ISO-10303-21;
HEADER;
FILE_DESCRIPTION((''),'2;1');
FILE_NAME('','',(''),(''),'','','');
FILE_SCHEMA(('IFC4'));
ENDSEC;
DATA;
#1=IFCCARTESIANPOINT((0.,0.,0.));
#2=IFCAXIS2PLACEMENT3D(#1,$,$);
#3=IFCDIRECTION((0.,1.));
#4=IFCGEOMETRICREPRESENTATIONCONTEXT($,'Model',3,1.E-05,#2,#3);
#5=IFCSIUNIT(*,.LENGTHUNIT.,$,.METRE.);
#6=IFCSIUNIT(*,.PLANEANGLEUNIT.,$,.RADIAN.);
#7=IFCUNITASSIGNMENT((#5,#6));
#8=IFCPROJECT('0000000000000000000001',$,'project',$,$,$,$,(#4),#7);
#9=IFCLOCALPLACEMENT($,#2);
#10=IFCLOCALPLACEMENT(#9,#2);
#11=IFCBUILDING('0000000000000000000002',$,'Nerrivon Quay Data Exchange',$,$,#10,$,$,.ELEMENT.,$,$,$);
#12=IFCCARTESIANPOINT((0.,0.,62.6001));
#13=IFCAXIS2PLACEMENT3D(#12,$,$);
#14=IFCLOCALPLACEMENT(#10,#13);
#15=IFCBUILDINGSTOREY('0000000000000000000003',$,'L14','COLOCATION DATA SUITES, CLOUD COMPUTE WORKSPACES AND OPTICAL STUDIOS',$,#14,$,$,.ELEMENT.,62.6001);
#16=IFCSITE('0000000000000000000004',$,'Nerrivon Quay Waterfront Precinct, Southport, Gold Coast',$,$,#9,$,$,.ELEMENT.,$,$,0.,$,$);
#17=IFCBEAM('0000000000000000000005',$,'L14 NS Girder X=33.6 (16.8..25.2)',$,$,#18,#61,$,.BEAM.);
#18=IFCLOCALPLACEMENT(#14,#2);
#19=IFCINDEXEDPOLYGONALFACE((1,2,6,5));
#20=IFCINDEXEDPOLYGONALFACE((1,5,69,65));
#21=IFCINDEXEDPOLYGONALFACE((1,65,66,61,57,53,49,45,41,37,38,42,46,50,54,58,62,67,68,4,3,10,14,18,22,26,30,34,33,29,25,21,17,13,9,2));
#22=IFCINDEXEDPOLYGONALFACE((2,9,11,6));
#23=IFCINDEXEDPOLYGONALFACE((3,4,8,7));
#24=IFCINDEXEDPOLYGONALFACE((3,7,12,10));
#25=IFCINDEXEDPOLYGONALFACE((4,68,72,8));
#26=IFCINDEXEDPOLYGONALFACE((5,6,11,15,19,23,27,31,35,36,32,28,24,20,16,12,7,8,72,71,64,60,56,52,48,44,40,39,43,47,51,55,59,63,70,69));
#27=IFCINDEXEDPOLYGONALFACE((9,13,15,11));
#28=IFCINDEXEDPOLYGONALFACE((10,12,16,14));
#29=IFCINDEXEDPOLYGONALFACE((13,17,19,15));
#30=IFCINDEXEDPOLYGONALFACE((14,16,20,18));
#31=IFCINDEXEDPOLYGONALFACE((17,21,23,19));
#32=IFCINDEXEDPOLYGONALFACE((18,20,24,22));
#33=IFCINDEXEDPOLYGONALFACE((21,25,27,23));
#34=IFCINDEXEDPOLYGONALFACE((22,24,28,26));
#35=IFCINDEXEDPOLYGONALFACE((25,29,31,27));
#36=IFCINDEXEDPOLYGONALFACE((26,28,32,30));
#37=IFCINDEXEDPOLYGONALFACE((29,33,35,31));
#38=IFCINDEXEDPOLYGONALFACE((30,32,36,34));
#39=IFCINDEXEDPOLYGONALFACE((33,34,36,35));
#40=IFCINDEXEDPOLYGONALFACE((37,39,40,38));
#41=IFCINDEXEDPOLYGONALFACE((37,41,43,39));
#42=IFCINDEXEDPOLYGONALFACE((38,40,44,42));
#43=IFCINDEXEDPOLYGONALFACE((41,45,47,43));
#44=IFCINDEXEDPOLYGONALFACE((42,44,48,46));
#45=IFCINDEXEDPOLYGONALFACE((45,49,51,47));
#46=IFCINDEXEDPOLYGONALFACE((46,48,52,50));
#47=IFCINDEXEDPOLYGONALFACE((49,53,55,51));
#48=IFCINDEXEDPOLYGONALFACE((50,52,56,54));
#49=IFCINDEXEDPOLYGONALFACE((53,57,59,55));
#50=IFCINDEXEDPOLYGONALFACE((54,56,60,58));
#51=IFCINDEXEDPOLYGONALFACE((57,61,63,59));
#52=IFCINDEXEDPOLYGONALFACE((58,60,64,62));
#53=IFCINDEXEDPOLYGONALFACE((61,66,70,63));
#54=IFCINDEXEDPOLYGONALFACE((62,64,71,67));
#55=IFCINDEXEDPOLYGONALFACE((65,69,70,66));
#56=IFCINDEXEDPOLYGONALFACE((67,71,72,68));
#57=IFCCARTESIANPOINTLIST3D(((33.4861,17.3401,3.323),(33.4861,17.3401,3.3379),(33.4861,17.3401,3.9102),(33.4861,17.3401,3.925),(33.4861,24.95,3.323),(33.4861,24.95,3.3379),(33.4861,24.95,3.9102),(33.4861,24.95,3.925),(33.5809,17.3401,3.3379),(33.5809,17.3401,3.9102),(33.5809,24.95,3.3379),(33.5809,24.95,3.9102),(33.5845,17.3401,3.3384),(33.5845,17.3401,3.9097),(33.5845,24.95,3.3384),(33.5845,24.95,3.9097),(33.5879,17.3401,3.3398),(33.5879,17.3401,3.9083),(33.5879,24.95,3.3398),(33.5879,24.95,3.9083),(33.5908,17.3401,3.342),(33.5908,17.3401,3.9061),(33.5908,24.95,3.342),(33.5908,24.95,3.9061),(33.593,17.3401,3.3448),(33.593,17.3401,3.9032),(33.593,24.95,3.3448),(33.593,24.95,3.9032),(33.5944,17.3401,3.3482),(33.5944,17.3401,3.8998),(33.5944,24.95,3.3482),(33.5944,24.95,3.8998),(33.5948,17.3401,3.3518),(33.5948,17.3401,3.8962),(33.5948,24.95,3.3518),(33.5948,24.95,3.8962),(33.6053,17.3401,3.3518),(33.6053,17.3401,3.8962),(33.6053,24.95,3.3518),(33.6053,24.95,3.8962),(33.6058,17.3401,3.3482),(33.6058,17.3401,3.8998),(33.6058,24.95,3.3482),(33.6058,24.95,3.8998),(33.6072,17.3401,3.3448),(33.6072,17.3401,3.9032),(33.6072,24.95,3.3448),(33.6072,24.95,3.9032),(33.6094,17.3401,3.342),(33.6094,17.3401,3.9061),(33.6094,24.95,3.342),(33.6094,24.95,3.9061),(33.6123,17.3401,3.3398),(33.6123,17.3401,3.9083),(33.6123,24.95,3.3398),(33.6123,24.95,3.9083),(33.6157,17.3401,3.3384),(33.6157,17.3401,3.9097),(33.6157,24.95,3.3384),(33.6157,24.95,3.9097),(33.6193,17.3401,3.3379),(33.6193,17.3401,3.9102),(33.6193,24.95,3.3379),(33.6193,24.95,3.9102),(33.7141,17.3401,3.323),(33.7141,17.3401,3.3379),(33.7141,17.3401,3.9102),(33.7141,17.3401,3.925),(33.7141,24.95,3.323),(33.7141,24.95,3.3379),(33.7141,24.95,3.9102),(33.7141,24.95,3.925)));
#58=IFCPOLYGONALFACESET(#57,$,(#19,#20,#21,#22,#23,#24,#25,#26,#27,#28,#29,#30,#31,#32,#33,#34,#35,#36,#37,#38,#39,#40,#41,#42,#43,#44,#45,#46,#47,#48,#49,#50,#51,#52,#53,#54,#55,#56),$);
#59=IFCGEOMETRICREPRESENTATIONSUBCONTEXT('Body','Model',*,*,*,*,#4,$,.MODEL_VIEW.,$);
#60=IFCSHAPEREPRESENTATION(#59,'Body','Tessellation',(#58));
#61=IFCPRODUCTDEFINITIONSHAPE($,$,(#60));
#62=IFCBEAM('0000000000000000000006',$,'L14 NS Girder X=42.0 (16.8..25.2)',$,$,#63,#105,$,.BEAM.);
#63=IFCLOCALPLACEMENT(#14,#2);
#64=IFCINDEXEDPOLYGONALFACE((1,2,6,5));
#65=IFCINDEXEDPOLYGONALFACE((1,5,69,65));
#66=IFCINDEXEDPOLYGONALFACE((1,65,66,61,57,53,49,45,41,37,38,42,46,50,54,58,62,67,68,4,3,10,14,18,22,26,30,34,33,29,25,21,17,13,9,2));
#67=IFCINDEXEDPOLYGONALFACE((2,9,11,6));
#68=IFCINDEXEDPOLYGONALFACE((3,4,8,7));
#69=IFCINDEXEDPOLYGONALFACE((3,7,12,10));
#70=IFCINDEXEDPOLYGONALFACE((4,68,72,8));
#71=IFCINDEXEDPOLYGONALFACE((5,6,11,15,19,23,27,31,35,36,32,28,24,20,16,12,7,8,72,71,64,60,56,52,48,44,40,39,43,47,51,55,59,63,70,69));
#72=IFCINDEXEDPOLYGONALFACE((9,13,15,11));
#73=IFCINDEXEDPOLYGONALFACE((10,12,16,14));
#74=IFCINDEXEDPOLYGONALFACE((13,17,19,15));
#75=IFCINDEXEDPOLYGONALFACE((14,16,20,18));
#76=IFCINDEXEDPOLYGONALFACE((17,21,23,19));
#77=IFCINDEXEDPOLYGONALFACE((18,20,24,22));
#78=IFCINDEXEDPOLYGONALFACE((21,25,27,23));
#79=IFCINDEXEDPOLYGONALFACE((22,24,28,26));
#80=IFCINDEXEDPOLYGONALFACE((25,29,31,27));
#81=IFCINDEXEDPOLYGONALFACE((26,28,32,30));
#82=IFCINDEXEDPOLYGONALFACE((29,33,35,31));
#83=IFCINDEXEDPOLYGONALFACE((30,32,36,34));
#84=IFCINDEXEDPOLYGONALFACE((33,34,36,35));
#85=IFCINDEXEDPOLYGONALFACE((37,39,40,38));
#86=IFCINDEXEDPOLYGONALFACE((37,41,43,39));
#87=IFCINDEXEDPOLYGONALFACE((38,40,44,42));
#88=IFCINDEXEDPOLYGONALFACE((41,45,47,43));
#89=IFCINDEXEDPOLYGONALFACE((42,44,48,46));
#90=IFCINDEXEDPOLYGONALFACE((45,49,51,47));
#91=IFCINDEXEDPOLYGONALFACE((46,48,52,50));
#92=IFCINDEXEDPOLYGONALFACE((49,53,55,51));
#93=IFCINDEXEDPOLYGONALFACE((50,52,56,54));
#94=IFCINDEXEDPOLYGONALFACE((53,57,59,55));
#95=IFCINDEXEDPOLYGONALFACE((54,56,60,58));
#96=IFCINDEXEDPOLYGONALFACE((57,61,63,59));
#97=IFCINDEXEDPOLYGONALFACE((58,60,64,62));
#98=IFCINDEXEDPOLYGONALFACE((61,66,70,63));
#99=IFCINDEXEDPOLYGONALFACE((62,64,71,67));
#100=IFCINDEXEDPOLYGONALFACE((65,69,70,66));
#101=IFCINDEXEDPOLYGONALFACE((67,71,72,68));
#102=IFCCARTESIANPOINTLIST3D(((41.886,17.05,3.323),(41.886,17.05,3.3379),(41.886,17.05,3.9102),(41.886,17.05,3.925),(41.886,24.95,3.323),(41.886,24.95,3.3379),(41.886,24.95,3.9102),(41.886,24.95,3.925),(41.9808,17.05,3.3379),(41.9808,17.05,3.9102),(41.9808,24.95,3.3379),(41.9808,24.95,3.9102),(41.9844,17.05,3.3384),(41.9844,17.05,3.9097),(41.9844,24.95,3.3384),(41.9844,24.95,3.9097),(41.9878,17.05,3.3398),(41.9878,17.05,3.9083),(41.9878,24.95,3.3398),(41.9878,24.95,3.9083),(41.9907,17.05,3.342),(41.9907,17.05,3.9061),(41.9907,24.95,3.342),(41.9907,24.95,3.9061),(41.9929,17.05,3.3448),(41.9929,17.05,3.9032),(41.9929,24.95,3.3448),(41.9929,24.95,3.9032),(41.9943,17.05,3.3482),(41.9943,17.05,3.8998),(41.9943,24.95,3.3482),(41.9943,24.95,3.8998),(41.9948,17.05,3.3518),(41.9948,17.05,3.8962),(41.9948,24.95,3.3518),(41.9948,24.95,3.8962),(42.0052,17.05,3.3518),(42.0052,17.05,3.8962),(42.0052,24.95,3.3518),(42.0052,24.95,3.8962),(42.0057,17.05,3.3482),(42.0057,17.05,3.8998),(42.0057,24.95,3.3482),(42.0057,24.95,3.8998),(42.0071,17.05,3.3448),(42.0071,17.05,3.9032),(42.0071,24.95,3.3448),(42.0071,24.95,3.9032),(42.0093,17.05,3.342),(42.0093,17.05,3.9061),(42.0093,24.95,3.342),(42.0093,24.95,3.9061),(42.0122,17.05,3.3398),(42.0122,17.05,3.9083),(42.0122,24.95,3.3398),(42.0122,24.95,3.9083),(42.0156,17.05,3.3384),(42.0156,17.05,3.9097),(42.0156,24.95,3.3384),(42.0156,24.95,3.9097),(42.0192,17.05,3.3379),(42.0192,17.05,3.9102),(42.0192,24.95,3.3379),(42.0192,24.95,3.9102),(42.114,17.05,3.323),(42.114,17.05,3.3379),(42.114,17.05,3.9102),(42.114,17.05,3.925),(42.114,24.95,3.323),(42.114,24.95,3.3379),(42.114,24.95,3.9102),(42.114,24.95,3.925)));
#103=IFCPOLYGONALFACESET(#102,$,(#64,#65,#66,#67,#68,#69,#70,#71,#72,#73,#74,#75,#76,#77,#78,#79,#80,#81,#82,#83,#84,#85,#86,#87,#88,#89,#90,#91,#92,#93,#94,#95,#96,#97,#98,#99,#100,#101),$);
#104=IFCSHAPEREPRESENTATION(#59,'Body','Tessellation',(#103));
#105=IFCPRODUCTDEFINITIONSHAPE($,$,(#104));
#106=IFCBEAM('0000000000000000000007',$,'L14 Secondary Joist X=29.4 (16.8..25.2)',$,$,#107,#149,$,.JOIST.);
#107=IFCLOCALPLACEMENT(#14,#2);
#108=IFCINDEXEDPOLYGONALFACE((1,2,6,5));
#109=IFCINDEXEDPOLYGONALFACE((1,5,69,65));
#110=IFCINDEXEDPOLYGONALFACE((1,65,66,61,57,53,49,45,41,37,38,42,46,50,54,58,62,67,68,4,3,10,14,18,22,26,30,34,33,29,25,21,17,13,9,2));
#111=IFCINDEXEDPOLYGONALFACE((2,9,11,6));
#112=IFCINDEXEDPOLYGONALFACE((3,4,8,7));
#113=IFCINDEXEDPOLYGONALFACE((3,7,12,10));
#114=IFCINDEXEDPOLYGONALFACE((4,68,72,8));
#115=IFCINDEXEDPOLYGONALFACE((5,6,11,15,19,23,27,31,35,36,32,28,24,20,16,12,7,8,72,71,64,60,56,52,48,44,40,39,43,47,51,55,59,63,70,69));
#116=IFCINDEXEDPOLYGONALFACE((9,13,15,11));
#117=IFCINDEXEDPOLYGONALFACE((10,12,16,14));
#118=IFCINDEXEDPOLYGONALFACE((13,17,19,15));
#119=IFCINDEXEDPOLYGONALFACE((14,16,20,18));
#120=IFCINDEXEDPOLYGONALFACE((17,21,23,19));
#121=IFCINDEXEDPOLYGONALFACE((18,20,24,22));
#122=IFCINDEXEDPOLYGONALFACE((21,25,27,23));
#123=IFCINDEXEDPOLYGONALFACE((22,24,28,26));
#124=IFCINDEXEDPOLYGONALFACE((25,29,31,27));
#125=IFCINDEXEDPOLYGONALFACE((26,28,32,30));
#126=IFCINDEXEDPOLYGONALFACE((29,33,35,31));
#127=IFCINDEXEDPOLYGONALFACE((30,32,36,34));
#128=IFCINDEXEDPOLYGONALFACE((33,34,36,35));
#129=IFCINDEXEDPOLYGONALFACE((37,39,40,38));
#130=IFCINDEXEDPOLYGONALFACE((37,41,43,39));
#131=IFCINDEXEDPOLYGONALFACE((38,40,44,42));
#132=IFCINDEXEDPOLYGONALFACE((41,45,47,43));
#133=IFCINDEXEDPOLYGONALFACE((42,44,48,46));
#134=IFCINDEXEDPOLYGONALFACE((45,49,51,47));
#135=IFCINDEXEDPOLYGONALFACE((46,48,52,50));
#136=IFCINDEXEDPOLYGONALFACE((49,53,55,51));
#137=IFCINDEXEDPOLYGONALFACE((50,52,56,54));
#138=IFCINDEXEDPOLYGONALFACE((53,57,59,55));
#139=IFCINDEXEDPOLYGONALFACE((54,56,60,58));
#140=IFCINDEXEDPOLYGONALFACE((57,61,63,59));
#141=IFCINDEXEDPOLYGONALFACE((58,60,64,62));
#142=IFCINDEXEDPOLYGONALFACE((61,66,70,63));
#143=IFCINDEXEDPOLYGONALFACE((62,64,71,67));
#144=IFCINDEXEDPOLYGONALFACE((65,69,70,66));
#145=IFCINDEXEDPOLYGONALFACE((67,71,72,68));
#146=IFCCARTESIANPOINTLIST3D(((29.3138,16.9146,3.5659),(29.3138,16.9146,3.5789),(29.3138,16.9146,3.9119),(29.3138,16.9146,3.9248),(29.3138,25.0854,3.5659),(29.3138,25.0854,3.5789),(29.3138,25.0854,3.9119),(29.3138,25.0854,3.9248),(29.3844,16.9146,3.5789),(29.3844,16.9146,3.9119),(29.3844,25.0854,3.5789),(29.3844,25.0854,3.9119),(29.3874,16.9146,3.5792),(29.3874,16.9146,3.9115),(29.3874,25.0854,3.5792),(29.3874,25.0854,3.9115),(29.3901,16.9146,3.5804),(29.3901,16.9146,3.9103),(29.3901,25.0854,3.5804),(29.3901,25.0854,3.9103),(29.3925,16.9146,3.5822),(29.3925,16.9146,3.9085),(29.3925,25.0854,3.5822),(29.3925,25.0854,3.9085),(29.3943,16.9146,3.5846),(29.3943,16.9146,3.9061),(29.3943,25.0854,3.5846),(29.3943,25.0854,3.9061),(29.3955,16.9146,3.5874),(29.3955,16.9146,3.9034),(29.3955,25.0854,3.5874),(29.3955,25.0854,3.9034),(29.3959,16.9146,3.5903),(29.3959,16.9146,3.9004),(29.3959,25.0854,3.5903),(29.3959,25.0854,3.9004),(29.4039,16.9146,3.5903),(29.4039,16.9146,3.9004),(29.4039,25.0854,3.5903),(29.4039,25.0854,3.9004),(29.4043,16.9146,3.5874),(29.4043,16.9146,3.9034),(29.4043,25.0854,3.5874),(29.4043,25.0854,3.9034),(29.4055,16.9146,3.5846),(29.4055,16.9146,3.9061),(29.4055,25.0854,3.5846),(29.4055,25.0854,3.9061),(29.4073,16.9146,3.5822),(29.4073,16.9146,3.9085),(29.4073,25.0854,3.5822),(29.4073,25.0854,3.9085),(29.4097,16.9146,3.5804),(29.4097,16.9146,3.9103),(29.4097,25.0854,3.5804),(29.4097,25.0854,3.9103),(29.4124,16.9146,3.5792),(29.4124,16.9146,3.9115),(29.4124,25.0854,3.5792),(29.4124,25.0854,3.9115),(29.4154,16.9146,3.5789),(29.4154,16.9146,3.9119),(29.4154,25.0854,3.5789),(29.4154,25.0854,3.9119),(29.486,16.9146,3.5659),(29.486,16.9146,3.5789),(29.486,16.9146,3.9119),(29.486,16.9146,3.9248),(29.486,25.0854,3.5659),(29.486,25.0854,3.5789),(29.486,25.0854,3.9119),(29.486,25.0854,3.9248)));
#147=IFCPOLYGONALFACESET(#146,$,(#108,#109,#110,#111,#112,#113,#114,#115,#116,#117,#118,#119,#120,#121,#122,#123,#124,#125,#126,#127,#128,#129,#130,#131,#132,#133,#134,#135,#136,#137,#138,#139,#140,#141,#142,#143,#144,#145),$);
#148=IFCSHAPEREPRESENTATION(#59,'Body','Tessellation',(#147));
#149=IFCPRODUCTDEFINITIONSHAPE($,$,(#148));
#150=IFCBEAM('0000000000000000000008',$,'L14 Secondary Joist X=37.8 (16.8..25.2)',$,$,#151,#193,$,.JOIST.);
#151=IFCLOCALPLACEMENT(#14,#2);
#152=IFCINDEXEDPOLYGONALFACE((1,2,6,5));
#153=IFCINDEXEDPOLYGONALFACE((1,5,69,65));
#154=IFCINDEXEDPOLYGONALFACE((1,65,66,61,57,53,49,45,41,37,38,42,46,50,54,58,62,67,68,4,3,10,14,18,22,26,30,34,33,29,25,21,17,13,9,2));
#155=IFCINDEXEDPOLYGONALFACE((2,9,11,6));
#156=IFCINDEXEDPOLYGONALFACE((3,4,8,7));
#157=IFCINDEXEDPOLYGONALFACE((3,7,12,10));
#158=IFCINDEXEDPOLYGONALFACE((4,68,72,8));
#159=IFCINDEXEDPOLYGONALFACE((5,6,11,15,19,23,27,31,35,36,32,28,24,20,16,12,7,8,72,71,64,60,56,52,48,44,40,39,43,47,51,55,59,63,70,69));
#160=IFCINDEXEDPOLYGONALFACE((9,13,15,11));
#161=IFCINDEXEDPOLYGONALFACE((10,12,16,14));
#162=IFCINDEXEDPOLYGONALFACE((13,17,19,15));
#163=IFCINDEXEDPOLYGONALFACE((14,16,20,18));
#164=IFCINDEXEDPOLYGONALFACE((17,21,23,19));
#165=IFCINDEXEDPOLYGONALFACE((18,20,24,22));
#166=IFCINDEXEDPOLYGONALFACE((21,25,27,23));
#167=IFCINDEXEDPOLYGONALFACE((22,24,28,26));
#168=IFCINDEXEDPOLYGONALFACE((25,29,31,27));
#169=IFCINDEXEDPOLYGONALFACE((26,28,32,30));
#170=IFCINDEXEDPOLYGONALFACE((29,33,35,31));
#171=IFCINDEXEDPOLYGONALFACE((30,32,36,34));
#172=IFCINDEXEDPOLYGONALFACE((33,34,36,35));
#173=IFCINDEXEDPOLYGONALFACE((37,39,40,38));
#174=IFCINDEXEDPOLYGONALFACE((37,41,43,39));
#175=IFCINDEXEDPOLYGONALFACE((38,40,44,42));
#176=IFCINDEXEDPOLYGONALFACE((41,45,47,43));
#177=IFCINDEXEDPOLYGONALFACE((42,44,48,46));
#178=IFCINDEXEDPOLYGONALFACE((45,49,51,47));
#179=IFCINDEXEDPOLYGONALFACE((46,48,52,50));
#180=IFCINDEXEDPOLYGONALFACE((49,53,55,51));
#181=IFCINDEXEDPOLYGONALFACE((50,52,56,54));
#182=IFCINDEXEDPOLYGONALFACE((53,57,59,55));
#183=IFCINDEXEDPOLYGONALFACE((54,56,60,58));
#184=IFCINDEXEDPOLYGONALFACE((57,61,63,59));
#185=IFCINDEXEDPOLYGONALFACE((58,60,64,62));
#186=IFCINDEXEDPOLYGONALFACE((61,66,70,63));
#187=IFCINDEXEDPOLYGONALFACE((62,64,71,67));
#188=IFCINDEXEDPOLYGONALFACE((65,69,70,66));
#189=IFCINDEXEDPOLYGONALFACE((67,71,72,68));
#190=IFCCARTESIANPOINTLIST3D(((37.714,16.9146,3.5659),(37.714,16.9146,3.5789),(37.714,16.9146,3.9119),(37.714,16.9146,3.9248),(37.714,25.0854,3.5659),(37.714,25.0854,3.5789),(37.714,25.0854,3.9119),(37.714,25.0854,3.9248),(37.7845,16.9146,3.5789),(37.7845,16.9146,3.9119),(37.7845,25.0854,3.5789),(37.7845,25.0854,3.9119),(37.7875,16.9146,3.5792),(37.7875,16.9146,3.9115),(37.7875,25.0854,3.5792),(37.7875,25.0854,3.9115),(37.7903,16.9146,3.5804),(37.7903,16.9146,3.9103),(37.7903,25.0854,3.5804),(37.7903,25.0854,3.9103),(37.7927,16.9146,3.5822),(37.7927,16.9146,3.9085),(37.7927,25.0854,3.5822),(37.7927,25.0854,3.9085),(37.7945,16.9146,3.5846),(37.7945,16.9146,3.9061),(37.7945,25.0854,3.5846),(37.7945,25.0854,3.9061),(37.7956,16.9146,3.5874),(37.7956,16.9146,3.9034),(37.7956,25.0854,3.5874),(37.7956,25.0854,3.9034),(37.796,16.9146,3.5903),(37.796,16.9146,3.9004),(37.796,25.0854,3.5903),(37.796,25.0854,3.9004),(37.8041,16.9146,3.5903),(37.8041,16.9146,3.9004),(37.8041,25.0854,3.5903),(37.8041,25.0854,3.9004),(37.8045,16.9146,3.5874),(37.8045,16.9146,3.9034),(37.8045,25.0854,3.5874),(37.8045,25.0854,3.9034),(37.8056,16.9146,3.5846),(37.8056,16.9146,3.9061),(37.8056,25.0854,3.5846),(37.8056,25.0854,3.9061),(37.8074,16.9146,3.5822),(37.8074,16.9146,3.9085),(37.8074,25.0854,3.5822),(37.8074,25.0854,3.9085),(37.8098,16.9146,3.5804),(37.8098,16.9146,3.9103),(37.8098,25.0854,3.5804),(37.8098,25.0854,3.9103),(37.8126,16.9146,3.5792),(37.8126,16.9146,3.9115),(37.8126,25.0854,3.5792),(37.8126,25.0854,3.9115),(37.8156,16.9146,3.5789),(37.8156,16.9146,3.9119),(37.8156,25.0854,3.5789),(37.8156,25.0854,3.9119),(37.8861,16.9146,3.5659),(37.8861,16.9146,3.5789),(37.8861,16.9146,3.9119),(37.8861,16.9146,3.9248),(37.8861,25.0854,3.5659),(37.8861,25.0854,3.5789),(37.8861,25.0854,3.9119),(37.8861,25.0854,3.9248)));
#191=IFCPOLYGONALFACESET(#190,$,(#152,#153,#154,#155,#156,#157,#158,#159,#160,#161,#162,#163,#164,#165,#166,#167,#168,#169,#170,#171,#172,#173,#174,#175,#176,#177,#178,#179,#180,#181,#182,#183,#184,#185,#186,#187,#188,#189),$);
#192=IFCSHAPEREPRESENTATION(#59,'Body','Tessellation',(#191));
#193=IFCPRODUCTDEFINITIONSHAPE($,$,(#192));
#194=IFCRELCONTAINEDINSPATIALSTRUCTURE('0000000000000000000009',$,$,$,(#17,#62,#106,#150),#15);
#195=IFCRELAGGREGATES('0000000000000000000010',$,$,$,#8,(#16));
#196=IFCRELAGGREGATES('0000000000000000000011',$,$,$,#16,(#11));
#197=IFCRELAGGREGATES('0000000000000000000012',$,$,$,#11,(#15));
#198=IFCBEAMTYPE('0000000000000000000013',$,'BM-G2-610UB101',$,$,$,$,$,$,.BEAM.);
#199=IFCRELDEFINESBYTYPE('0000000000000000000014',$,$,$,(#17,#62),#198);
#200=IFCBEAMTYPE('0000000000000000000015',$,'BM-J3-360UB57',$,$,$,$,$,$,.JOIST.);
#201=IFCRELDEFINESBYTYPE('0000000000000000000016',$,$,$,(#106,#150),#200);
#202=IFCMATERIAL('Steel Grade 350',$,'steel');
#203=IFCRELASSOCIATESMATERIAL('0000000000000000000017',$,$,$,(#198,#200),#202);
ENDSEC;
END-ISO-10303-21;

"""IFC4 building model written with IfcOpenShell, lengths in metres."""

from ifc_helpers import new_model, si_unit, direction, frame, origin, origin_2d, place, context, subcontext, project, spatial, i_section, extrude, material, material_profile, profile_set, type_object, element, save


model = new_model("IFC4")

# Units and contexts
model_context = context("Model", 3, precision=1e-05, world=origin(), true_north=direction((0.0, 1.0)))
body_context = subcontext(model_context, "Body", "Model", "MODEL_VIEW")
ifc_project = project(units=[si_unit("LENGTHUNIT", "METRE"), si_unit("PLANEANGLEUNIT", "RADIAN")], contexts=[model_context])

# Site, building, storey
site_placement = place(None, origin())
site = spatial("IfcSite", under=ifc_project, at=site_placement, Name="Nerrivon Quay Waterfront Precinct, Southport, Gold Coast", CompositionType="ELEMENT", RefElevation=0.0)
building_placement = place(site_placement, origin())
building = spatial("IfcBuilding", under=site, at=building_placement, Name="Nerrivon Quay Data Exchange", CompositionType="ELEMENT")
storey_placement = place(building_placement, frame((0.0, 0.0, 62.6001)))
storey = spatial("IfcBuildingStorey", under=building, at=storey_placement, Name="L14", Description="COLOCATION DATA SUITES, CLOUD COMPUTE WORKSPACES AND OPTICAL STUDIOS", CompositionType="ELEMENT", Elevation=62.6001)

# Shared definitions
ifc_material_1 = material(Name="Steel Grade 350", Category="steel")

# Beams
ifc_material_profile_1 = material_profile(ifc_material_1, i_section(OverallWidth=0.228, OverallDepth=0.6021, WebThickness=0.0105, FlangeThickness=0.0149, FilletRadius=0.0139, at=origin_2d()), Name="610UB101")
ifc_profile_set_1 = profile_set([ifc_material_profile_1], Name="Steel Grade 350")
beam_type_1 = type_object("IfcBeamType", Name="BM-G2-610UB101", PredefinedType="BEAM", material=ifc_profile_set_1)
beam_1_placement = place(storey_placement, frame((33.6001, 17.3401, 3.624), z_axis=(0.0, 1.0, 0.0), x_axis=(-1.0, 0.0, 0.0)))
element("IfcBeam", 1, at=beam_1_placement, inside=storey, type_object=beam_type_1, Name="L14 NS Girder X=33.6 (16.8..25.2)", PredefinedType="BEAM", context=body_context, shape_type="SweptSolid", body=[
    extrude(i_section(OverallWidth=0.228, OverallDepth=0.6021, WebThickness=0.0105, FlangeThickness=0.0149, FilletRadius=0.0139, at=origin_2d()), origin(), (0.0, 0.0, 1.0), 7.6099),
])
beam_2_placement = place(storey_placement, frame((42.0, 17.05, 3.624), z_axis=(0.0, 1.0, 0.0), x_axis=(-1.0, 0.0, 0.0)))
element("IfcBeam", 2, at=beam_2_placement, inside=storey, type_object=beam_type_1, Name="L14 NS Girder X=42.0 (16.8..25.2)", PredefinedType="BEAM", context=body_context, shape_type="SweptSolid", body=[
    extrude(i_section(OverallWidth=0.228, OverallDepth=0.6021, WebThickness=0.0105, FlangeThickness=0.0149, FilletRadius=0.0139, at=origin_2d()), origin(), (0.0, 0.0, 1.0), 7.8999),
])
ifc_material_profile_2 = material_profile(ifc_material_1, i_section(OverallWidth=0.1721, OverallDepth=0.3589, WebThickness=0.0081, FlangeThickness=0.0129, FilletRadius=0.0115, at=origin_2d()), Name="360UB56.7")
ifc_profile_set_2 = profile_set([ifc_material_profile_2], Name="Steel Grade 350")
beam_type_2 = type_object("IfcBeamType", Name="BM-J3-360UB57", PredefinedType="JOIST", material=ifc_profile_set_2)
for number, where, z_axis, x_axis, name in (
    (3, (29.3999, 16.9146, 3.7454), (0.0, 1.0, 0.0), (-1.0, 0.0, 0.0), "L14 Secondary Joist X=29.4 (16.8..25.2)"),
    (4, (37.8, 16.9146, 3.7454), (0.0, 1.0, 0.0), (-1.0, 0.0, 0.0), "L14 Secondary Joist X=37.8 (16.8..25.2)"),
):
    element("IfcBeam", number, at=place(storey_placement, frame(where, z_axis=z_axis, x_axis=x_axis)), inside=storey, type_object=beam_type_2, Name=name, PredefinedType="JOIST", context=body_context, shape_type="SweptSolid", body=[
        extrude(i_section(OverallWidth=0.1721, OverallDepth=0.3589, WebThickness=0.0081, FlangeThickness=0.0129, FilletRadius=0.0115, at=origin_2d()), origin(), (0.0, 0.0, 1.0), 8.1709),
    ])

save(model, "model.ifc")
